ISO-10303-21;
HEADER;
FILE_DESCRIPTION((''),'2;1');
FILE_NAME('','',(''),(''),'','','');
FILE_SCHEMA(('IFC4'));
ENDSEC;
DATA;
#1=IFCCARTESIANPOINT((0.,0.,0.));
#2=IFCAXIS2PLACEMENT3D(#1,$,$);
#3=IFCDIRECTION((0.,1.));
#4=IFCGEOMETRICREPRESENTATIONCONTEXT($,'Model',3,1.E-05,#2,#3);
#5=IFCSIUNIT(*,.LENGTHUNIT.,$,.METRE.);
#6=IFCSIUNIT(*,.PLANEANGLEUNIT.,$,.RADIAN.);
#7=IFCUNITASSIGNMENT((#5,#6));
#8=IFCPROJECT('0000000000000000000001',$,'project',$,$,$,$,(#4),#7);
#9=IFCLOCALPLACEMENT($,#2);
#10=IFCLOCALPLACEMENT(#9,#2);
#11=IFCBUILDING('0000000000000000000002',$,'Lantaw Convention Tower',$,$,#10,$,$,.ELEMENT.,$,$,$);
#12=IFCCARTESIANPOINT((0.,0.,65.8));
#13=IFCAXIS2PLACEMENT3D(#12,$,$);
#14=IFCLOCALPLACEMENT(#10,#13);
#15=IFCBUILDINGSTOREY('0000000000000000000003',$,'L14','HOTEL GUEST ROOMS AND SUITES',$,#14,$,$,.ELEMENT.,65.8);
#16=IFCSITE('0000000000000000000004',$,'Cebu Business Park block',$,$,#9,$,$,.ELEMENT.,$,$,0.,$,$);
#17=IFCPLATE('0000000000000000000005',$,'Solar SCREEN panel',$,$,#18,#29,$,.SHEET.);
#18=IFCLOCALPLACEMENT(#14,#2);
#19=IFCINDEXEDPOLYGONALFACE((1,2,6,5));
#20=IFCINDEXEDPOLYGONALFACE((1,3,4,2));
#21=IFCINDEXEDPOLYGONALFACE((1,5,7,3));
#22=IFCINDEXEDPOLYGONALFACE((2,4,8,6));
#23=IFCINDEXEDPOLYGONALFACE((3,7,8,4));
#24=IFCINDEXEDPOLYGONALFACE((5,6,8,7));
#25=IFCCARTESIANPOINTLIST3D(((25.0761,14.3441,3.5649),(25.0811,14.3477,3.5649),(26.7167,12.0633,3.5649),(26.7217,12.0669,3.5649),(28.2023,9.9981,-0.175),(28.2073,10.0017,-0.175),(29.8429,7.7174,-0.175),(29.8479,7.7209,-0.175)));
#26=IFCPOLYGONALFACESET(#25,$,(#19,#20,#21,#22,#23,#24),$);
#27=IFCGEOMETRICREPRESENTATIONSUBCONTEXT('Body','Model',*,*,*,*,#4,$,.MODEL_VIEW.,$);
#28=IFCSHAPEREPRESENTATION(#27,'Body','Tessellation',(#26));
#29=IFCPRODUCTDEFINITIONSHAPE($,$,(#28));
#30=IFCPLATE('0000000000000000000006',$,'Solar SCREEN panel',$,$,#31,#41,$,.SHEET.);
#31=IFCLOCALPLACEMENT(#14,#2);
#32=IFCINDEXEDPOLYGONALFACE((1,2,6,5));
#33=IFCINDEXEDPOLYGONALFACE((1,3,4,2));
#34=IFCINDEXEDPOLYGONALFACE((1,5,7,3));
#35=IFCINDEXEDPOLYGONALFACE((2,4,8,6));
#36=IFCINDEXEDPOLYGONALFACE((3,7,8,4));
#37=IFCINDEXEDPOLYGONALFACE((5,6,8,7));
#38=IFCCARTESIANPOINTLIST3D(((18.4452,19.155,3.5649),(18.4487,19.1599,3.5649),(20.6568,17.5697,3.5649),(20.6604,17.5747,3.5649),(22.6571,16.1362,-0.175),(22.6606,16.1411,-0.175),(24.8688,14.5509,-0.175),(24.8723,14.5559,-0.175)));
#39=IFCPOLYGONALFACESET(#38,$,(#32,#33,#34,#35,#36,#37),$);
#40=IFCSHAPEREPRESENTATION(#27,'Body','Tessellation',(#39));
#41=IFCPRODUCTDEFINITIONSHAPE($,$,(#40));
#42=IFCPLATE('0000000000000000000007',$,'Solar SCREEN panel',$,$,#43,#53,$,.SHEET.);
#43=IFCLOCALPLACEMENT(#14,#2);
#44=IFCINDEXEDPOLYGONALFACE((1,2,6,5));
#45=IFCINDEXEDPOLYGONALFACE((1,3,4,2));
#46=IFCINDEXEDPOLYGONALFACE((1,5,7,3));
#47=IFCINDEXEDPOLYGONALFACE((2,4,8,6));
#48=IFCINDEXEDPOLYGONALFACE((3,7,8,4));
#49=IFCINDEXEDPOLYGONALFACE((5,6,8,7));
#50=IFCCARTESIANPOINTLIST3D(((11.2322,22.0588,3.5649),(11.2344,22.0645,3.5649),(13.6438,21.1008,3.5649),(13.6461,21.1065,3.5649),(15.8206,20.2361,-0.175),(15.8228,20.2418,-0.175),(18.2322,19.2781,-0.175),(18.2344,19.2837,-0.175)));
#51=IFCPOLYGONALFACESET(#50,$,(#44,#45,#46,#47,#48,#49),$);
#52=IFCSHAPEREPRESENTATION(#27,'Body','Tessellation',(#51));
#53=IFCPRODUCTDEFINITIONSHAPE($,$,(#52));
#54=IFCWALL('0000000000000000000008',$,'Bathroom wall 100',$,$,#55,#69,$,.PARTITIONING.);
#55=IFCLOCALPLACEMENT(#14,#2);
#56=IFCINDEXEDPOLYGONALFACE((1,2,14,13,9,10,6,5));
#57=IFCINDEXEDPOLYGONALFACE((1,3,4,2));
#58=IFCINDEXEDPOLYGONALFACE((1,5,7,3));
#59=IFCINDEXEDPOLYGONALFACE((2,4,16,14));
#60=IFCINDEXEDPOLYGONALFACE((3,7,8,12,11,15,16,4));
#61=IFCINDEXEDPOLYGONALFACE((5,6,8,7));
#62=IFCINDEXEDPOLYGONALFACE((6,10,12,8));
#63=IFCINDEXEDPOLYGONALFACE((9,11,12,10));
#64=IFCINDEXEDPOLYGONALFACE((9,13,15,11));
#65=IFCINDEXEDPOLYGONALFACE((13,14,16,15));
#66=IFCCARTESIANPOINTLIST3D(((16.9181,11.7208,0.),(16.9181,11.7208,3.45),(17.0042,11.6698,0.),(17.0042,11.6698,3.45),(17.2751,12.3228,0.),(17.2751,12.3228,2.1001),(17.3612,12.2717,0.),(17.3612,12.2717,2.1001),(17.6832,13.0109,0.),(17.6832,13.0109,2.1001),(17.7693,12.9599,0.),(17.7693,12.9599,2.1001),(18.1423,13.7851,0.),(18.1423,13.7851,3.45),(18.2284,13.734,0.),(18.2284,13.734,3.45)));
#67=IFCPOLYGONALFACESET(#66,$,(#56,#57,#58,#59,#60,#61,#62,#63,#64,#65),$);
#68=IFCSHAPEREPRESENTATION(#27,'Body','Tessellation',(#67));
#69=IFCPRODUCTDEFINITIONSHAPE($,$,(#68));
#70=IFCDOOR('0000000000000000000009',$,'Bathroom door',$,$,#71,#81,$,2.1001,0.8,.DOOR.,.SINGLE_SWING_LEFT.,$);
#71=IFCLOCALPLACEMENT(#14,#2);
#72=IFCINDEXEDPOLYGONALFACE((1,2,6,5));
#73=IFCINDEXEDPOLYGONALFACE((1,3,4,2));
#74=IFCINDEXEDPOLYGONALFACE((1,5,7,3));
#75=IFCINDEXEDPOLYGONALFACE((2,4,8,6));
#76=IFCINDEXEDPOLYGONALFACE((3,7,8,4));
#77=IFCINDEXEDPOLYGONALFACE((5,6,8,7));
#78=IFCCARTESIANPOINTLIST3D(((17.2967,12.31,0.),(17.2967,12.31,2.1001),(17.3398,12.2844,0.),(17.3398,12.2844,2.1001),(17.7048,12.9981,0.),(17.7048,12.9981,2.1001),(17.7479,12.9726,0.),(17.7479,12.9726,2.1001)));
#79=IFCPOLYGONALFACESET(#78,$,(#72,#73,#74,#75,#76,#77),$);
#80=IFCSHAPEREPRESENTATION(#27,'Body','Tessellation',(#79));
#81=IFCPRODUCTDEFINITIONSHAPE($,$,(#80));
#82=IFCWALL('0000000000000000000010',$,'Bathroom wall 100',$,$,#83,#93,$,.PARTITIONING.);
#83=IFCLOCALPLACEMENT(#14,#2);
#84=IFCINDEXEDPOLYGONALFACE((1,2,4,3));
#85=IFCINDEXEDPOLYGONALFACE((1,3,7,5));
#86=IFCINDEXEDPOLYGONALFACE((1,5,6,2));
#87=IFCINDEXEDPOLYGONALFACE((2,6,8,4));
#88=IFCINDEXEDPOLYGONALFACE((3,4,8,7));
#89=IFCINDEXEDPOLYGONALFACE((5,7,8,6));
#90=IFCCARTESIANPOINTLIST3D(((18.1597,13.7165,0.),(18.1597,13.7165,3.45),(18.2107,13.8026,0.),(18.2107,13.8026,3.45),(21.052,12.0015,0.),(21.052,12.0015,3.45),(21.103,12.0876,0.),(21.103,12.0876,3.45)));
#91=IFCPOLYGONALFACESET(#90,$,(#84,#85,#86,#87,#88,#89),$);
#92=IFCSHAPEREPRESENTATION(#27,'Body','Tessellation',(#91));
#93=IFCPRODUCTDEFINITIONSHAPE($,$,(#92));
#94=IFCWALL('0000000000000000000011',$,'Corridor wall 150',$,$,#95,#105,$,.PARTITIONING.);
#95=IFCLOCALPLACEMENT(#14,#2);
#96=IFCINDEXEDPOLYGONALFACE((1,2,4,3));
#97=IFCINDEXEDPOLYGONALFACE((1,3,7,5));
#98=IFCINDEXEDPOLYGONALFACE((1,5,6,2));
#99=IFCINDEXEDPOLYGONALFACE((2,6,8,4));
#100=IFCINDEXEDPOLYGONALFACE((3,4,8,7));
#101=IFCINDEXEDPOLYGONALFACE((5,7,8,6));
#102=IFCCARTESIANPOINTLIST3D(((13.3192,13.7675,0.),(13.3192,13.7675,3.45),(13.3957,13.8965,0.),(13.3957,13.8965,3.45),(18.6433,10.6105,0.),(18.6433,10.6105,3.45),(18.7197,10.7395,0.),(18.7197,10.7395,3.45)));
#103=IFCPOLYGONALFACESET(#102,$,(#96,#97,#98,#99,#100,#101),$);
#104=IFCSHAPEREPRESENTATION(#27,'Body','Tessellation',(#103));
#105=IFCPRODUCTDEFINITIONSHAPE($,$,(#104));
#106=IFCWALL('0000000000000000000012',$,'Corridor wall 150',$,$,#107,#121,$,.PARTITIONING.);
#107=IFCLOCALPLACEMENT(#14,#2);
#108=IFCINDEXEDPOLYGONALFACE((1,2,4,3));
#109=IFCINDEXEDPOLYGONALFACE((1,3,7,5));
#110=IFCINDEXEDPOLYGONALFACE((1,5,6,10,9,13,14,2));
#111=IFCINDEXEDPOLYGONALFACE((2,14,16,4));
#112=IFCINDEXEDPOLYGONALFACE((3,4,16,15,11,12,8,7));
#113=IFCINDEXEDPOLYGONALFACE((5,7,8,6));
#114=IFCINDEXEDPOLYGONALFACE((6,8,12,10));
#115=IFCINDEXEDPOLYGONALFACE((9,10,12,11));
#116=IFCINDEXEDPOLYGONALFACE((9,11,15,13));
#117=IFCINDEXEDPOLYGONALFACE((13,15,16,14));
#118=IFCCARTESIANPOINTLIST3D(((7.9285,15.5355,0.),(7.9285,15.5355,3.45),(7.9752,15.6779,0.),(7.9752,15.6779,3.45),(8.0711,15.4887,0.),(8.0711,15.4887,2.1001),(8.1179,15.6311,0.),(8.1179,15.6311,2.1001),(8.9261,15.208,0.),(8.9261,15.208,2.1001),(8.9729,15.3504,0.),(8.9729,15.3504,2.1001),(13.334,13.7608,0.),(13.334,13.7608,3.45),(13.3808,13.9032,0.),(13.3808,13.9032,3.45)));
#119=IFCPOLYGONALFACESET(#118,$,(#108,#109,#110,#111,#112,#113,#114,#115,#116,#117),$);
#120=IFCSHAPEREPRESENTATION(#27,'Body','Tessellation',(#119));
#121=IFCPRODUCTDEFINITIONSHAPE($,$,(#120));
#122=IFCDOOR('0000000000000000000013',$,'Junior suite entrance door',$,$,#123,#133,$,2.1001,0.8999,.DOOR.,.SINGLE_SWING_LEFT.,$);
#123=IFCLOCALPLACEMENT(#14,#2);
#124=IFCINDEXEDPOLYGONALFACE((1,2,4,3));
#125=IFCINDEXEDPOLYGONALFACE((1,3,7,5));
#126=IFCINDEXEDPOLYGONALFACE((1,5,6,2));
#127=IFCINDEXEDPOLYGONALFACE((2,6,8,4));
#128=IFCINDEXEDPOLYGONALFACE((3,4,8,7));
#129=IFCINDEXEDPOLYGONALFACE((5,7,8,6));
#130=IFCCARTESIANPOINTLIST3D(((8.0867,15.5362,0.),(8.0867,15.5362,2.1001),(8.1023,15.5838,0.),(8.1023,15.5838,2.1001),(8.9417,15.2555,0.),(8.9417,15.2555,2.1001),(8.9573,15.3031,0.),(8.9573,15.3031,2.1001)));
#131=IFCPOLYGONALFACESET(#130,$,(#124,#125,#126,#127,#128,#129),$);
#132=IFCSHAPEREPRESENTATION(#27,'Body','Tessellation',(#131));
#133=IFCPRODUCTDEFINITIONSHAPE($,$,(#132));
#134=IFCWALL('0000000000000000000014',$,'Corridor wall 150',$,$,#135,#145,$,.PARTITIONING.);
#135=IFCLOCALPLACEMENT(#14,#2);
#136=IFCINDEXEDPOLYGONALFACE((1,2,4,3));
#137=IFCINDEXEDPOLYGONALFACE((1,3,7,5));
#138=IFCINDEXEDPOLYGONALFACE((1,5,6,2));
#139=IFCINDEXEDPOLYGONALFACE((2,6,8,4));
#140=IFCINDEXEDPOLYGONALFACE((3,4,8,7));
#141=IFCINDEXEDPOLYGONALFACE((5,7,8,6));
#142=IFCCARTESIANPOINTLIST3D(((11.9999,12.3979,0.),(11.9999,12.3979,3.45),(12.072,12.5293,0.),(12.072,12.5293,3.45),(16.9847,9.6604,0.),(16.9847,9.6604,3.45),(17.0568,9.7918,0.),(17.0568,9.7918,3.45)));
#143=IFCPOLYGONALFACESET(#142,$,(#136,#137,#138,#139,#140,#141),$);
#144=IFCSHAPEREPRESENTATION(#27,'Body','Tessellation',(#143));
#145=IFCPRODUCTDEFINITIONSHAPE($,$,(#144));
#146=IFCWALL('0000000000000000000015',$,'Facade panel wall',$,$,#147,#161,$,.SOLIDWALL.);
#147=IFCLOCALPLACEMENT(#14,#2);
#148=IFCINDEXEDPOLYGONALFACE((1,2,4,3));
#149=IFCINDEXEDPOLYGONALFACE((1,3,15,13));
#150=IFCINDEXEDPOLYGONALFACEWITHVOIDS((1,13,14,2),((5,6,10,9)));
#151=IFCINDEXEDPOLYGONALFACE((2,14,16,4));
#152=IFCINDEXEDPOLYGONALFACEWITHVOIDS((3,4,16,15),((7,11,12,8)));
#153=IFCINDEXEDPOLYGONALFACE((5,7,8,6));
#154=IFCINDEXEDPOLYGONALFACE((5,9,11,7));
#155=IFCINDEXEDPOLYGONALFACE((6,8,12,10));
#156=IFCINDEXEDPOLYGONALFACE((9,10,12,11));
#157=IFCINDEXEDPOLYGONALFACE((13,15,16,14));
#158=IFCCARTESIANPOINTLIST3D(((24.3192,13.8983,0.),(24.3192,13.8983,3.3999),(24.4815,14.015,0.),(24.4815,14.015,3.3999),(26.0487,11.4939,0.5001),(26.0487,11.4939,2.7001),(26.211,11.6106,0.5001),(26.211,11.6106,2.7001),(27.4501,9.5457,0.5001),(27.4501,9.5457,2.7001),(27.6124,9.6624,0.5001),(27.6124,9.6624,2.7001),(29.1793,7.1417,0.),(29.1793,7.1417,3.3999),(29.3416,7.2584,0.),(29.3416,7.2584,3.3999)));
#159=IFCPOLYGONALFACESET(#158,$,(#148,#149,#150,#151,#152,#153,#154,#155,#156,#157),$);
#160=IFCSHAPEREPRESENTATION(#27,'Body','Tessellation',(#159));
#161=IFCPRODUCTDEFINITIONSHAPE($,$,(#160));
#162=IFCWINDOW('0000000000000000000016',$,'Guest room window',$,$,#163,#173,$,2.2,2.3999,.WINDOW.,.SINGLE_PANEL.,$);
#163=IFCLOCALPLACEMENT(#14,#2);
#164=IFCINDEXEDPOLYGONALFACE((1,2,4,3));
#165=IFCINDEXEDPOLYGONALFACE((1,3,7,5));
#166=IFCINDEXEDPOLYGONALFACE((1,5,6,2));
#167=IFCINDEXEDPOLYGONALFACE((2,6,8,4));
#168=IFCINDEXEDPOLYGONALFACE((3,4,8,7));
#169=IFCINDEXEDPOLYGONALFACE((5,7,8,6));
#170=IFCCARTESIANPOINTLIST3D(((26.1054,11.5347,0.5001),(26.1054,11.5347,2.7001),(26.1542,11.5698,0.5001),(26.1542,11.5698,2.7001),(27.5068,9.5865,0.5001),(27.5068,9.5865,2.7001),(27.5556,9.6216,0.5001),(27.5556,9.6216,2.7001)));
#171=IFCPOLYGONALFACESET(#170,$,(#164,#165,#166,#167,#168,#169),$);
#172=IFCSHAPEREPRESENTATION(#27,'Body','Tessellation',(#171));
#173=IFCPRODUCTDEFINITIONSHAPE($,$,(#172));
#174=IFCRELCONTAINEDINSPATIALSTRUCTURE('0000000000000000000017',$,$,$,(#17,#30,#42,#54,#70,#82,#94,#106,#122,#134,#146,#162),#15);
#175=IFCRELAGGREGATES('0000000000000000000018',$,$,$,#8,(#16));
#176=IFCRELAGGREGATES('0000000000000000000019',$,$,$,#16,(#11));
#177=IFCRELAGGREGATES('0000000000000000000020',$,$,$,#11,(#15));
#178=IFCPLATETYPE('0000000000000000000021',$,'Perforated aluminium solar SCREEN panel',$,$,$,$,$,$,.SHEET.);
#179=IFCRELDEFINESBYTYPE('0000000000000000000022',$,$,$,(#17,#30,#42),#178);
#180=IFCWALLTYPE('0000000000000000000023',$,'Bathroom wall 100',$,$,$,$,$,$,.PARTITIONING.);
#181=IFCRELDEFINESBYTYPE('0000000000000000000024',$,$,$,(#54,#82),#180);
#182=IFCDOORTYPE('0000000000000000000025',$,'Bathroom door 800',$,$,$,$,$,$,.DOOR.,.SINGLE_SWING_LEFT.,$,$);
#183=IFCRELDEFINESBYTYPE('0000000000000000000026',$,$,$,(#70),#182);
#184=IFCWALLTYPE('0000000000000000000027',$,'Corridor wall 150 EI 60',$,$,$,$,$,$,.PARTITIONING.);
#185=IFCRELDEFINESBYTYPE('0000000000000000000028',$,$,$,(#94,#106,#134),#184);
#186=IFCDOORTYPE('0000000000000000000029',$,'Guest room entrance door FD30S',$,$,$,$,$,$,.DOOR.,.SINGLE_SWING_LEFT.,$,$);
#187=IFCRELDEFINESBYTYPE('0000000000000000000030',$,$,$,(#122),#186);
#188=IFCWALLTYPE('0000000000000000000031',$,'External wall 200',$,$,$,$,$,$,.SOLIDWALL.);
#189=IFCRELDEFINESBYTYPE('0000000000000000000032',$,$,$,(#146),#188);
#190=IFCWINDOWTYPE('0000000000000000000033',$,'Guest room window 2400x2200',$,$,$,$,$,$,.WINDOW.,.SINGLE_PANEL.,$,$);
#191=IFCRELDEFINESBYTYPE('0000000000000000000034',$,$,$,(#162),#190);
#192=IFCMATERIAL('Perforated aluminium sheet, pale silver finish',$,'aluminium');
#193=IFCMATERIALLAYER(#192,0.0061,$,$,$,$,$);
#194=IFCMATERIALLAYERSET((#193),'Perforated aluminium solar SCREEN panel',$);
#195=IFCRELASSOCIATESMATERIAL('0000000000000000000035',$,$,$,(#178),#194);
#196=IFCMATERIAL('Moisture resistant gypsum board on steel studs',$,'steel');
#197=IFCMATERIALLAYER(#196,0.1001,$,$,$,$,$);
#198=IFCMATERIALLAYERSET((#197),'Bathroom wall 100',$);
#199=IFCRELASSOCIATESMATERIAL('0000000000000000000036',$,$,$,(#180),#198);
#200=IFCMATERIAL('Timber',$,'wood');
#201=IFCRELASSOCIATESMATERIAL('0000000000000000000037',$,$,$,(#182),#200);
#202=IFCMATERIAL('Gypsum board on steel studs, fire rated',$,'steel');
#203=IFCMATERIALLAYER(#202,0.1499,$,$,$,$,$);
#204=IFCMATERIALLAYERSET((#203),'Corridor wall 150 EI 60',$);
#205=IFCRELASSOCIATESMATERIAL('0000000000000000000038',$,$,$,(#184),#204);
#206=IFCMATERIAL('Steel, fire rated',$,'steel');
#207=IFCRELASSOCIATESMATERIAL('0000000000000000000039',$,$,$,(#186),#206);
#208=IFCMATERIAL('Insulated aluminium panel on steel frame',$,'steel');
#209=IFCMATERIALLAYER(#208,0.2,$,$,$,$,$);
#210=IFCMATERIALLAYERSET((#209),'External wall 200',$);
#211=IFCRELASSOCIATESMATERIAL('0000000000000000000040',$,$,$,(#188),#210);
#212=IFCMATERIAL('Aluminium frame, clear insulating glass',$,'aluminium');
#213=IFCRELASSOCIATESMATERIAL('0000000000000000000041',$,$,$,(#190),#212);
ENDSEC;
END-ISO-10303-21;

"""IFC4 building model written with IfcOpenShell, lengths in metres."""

from ifc_helpers import new_model, si_unit, direction, frame, frame_2d, origin, place, context, subcontext, project, spatial, polyline, rectangle, outline, extrude, material, layer, layer_set, type_object, element, fill, save


model = new_model("IFC4")

# Units and contexts
model_context = context("Model", 3, precision=1e-05, world=origin(), true_north=direction((0.0, 1.0)))
body_context = subcontext(model_context, "Body", "Model", "MODEL_VIEW")
ifc_project = project(units=[si_unit("LENGTHUNIT", "METRE"), si_unit("PLANEANGLEUNIT", "RADIAN")], contexts=[model_context])

# Site, building, storey
site_placement = place(None, origin())
site = spatial("IfcSite", under=ifc_project, at=site_placement, Name="Cebu Business Park block", CompositionType="ELEMENT", RefElevation=0.0)
building_placement = place(site_placement, origin())
building = spatial("IfcBuilding", under=site, at=building_placement, Name="Lantaw Convention Tower", CompositionType="ELEMENT")
storey_placement = place(building_placement, frame((0.0, 0.0, 65.8)))
storey = spatial("IfcBuildingStorey", under=building, at=storey_placement, Name="L14", Description="HOTEL GUEST ROOMS AND SUITES", CompositionType="ELEMENT", Elevation=65.8)

# Plates
ifc_material_1 = material(Name="Perforated aluminium sheet, pale silver finish", Category="aluminium")
ifc_layer_1 = layer(ifc_material_1, 0.0061)
ifc_layer_set_1 = layer_set([ifc_layer_1], Name="Perforated aluminium solar SCREEN panel")
plate_type = type_object("IfcPlateType", Name="Perforated aluminium solar SCREEN panel", PredefinedType="SHEET", material=ifc_layer_set_1)
plate_1_placement = place(storey_placement, frame((29.8479, 7.7209, -0.175), z_axis=(0.811791, 0.583948, 0.000009), x_axis=(-0.583948, 0.811791, 0.0)))
element("IfcPlate", 1, at=plate_1_placement, inside=storey, type_object=plate_type, Name="Solar SCREEN panel", PredefinedType="SHEET", context=body_context, shape_type="SweptSolid", body=[
    extrude(outline(polyline([(0.0, 0.0), (2.8095, 0.0), (8.1631, 3.74), (5.3536, 3.74), (0.0, 0.0)])), origin(), (0.0, 0.0, -1.0), 0.0061),
])
plate_2_placement = place(storey_placement, frame((24.8723, 14.5559, -0.175), z_axis=(0.582561, 0.812787, 0.000016), x_axis=(-0.812787, 0.582561, 0.0)))
element("IfcPlate", 2, at=plate_2_placement, inside=storey, type_object=plate_type, Name="Solar SCREEN panel", PredefinedType="SHEET", context=body_context, shape_type="SweptSolid", body=[
    extrude(outline(polyline([(0.0, 0.0), (2.7211, 0.0), (7.9031, 3.74), (5.182, 3.74), (0.0, 0.0)])), origin(), (0.0, 0.0, -1.0), 0.0061),
])
plate_3_placement = place(storey_placement, frame((18.2322, 19.2781, -0.175), z_axis=(-0.369184, -0.929357, 0.000009), x_axis=(-0.929357, 0.369184, 0.0)))
element("IfcPlate", 3, at=plate_3_placement, inside=storey, type_object=plate_type, Name="Solar SCREEN panel", PredefinedType="SHEET", context=body_context, shape_type="SweptSolid", body=[
    extrude(outline(polyline([(0.0, 0.0), (2.5949, 0.0), (7.5321, -3.74), (4.9372, -3.74), (0.0, 0.0)])), origin(), (0.0, 0.0, -1.0), 0.0061),
])

# Wall, opening, door
ifc_material_2 = material(Name="Moisture resistant gypsum board on steel studs", Category="steel")
ifc_layer_2 = layer(ifc_material_2, 0.1001)
ifc_layer_set_2 = layer_set([ifc_layer_2], Name="Bathroom wall 100")
wall_type_1 = type_object("IfcWallType", Name="Bathroom wall 100", PredefinedType="PARTITIONING", material=ifc_layer_set_2)
wall_1_placement = place(storey_placement, frame((16.9612, 11.6953, 0.0), z_axis=(0.0, 0.0, 1.0), x_axis=(0.510076, 0.86013, 0.0)))
wall_1 = element("IfcWall", 4, at=wall_1_placement, inside=storey, type_object=wall_type_1, Name="Bathroom wall 100", PredefinedType="PARTITIONING", context=body_context, shape_type="SweptSolid", body=[
    extrude(rectangle(XDim=2.3999, YDim=0.1001, at=frame_2d((1.2, 0.0))), origin(), (0.0, 0.0, 1.0), 3.45),
])
opening_1_placement = place(wall_1_placement, frame((0.7, 0.0, 0.0)))
opening_1 = element("IfcOpeningElement", 5, at=opening_1_placement, cuts=wall_1, PredefinedType="OPENING", context=body_context, shape_type="SweptSolid", body=[
    extrude(rectangle(XDim=0.8, YDim=2.1001, at=frame_2d((0.3999, 1.05))), frame((0.0, 0.0601, 0.0), z_axis=(0.0, -1.0, 0.0), x_axis=(1.0, 0.0, 0.0)), (0.0, 0.0, 1.0), 0.1201),
])
ifc_material_3 = material(Name="Timber", Category="wood")
door_type_1 = type_object("IfcDoorType", Name="Bathroom door 800", OperationType="SINGLE_SWING_LEFT", PredefinedType="DOOR", material=ifc_material_3)
door_1_placement = place(opening_1_placement, origin())
door_1 = element("IfcDoor", 6, at=door_1_placement, inside=storey, type_object=door_type_1, Name="Bathroom door", OperationType="SINGLE_SWING_LEFT", OverallHeight=2.1001, OverallWidth=0.8, PredefinedType="DOOR", context=body_context, shape_type="SweptSolid", body=[
    extrude(rectangle(XDim=0.8, YDim=2.1001, at=frame_2d((0.3999, 1.05))), frame((0.0, 0.0249, 0.0), z_axis=(0.0, -1.0, 0.0), x_axis=(1.0, 0.0, 0.0)), (0.0, 0.0, 1.0), 0.05),
])
fill(opening_1, door_1)

# Walls
wall_2_placement = place(storey_placement, frame((18.1853, 13.7595, 0.0), z_axis=(0.0, 0.0, 1.0), x_axis=(0.860146, -0.510047, 0.0)))
element("IfcWall", 7, at=wall_2_placement, inside=storey, type_object=wall_type_1, Name="Bathroom wall 100", PredefinedType="PARTITIONING", context=body_context, shape_type="SweptSolid", body=[
    extrude(rectangle(XDim=3.3625, YDim=0.1001, at=frame_2d((1.6812, 0.0))), origin(), (0.0, 0.0, 1.0), 3.45),
])
ifc_material_4 = material(Name="Gypsum board on steel studs, fire rated", Category="steel")
ifc_layer_3 = layer(ifc_material_4, 0.1499)
ifc_layer_set_3 = layer_set([ifc_layer_3], Name="Corridor wall 150 EI 60")
wall_type_2 = type_object("IfcWallType", Name="Corridor wall 150 EI 60", PredefinedType="PARTITIONING", material=ifc_layer_set_3)
wall_3_placement = place(storey_placement, frame((18.6814, 10.675, 0.0), z_axis=(0.0, 0.0, 1.0), x_axis=(-0.860147, 0.510046, 0.0)))
element("IfcWall", 8, at=wall_3_placement, inside=storey, type_object=wall_type_2, Name="Corridor wall 150", PredefinedType="PARTITIONING", context=body_context, shape_type="SweptSolid", body=[
    extrude(rectangle(XDim=6.1897, YDim=0.1499, at=frame_2d((3.0947, 0.0))), origin(), (0.0, 0.0, 1.0), 3.45),
])

# Wall, opening, door
wall_4_placement = place(storey_placement, frame((13.3574, 13.832, 0.0), z_axis=(0.0, 0.0, 1.0), x_axis=(-0.950107, 0.311925, 0.0)))
wall_4 = element("IfcWall", 9, at=wall_4_placement, inside=storey, type_object=wall_type_2, Name="Corridor wall 150", PredefinedType="PARTITIONING", context=body_context, shape_type="SweptSolid", body=[
    extrude(rectangle(XDim=5.6895, YDim=0.1499, at=frame_2d((2.8447, 0.0))), origin(), (0.0, 0.0, 1.0), 3.45),
])
opening_2_placement = place(wall_4_placement, frame((4.6394, 0.0, 0.0)))
opening_2 = element("IfcOpeningElement", 10, at=opening_2_placement, cuts=wall_4, PredefinedType="OPENING", context=body_context, shape_type="SweptSolid", body=[
    extrude(rectangle(XDim=0.8999, YDim=2.1001, at=frame_2d((0.45, 1.05))), frame((0.0, 0.085, 0.0), z_axis=(0.0, -1.0, 0.0), x_axis=(1.0, 0.0, 0.0)), (0.0, 0.0, 1.0), 0.1699),
])
ifc_material_5 = material(Name="Steel, fire rated", Category="steel")
door_type_2 = type_object("IfcDoorType", Name="Guest room entrance door FD30S", OperationType="SINGLE_SWING_LEFT", PredefinedType="DOOR", material=ifc_material_5)
door_2_placement = place(opening_2_placement, origin())
door_2 = element("IfcDoor", 11, at=door_2_placement, inside=storey, type_object=door_type_2, Name="Junior suite entrance door", OperationType="SINGLE_SWING_LEFT", OverallHeight=2.1001, OverallWidth=0.8999, PredefinedType="DOOR", context=body_context, shape_type="SweptSolid", body=[
    extrude(rectangle(XDim=0.8999, YDim=2.1001, at=frame_2d((0.45, 1.05))), frame((0.0, 0.0249, 0.0), z_axis=(0.0, -1.0, 0.0), x_axis=(1.0, 0.0, 0.0)), (0.0, 0.0, 1.0), 0.05),
])
fill(opening_2, door_2)

# Wall
wall_5_placement = place(storey_placement, frame((17.0208, 9.7261, 0.0), z_axis=(0.0, 0.0, 1.0), x_axis=(-0.876522, 0.481362, 0.0)))
element("IfcWall", 12, at=wall_5_placement, inside=storey, type_object=wall_type_2, Name="Corridor wall 150", PredefinedType="PARTITIONING", context=body_context, shape_type="SweptSolid", body=[
    extrude(rectangle(XDim=5.687, YDim=0.1499, at=frame_2d((2.8435, 0.0))), origin(), (0.0, 0.0, 1.0), 3.45),
])

# Wall, opening, window
ifc_material_6 = material(Name="Insulated aluminium panel on steel frame", Category="steel")
ifc_layer_4 = layer(ifc_material_6, 0.2)
ifc_layer_set_4 = layer_set([ifc_layer_4], Name="External wall 200")
wall_type_3 = type_object("IfcWallType", Name="External wall 200", PredefinedType="SOLIDWALL", material=ifc_layer_set_4)
wall_6_placement = place(storey_placement, frame((29.2605, 7.2, 0.0), z_axis=(0.0, 0.0, 1.0), x_axis=(-0.583938, 0.811799, 0.0)))
wall_6 = element("IfcWall", 13, at=wall_6_placement, inside=storey, type_object=wall_type_3, Name="Facade panel wall", PredefinedType="SOLIDWALL", context=body_context, shape_type="SweptSolid", body=[
    extrude(rectangle(XDim=8.323, YDim=0.2, at=frame_2d((4.1616, 0.0))), origin(), (0.0, 0.0, 1.0), 3.3999),
])
opening_3_placement = place(wall_6_placement, frame((2.9614, 0.0, 0.5)))
opening_3 = element("IfcOpeningElement", 14, at=opening_3_placement, cuts=wall_6, PredefinedType="OPENING", context=body_context, shape_type="SweptSolid", body=[
    extrude(rectangle(XDim=2.3999, YDim=2.2, at=frame_2d((1.2, 1.1001))), frame((0.0, 0.1099, 0.0), z_axis=(0.0, -1.0, 0.0), x_axis=(1.0, 0.0, 0.0)), (0.0, 0.0, 1.0), 0.22),
])
ifc_material_7 = material(Name="Aluminium frame, clear insulating glass", Category="aluminium")
window_type = type_object("IfcWindowType", Name="Guest room window 2400x2200", PartitioningType="SINGLE_PANEL", PredefinedType="WINDOW", material=ifc_material_7)
window_1_placement = place(opening_3_placement, origin())
window_1 = element("IfcWindow", 15, at=window_1_placement, inside=storey, type_object=window_type, Name="Guest room window", OverallHeight=2.2, OverallWidth=2.3999, PartitioningType="SINGLE_PANEL", PredefinedType="WINDOW", context=body_context, shape_type="SweptSolid", body=[
    extrude(rectangle(XDim=2.3999, YDim=2.2, at=frame_2d((1.2, 1.1001))), frame((0.0, 0.03, 0.0), z_axis=(0.0, -1.0, 0.0), x_axis=(1.0, 0.0, 0.0)), (0.0, 0.0, 1.0), 0.0601),
])
fill(opening_3, window_1)

save(model, "model.ifc")
